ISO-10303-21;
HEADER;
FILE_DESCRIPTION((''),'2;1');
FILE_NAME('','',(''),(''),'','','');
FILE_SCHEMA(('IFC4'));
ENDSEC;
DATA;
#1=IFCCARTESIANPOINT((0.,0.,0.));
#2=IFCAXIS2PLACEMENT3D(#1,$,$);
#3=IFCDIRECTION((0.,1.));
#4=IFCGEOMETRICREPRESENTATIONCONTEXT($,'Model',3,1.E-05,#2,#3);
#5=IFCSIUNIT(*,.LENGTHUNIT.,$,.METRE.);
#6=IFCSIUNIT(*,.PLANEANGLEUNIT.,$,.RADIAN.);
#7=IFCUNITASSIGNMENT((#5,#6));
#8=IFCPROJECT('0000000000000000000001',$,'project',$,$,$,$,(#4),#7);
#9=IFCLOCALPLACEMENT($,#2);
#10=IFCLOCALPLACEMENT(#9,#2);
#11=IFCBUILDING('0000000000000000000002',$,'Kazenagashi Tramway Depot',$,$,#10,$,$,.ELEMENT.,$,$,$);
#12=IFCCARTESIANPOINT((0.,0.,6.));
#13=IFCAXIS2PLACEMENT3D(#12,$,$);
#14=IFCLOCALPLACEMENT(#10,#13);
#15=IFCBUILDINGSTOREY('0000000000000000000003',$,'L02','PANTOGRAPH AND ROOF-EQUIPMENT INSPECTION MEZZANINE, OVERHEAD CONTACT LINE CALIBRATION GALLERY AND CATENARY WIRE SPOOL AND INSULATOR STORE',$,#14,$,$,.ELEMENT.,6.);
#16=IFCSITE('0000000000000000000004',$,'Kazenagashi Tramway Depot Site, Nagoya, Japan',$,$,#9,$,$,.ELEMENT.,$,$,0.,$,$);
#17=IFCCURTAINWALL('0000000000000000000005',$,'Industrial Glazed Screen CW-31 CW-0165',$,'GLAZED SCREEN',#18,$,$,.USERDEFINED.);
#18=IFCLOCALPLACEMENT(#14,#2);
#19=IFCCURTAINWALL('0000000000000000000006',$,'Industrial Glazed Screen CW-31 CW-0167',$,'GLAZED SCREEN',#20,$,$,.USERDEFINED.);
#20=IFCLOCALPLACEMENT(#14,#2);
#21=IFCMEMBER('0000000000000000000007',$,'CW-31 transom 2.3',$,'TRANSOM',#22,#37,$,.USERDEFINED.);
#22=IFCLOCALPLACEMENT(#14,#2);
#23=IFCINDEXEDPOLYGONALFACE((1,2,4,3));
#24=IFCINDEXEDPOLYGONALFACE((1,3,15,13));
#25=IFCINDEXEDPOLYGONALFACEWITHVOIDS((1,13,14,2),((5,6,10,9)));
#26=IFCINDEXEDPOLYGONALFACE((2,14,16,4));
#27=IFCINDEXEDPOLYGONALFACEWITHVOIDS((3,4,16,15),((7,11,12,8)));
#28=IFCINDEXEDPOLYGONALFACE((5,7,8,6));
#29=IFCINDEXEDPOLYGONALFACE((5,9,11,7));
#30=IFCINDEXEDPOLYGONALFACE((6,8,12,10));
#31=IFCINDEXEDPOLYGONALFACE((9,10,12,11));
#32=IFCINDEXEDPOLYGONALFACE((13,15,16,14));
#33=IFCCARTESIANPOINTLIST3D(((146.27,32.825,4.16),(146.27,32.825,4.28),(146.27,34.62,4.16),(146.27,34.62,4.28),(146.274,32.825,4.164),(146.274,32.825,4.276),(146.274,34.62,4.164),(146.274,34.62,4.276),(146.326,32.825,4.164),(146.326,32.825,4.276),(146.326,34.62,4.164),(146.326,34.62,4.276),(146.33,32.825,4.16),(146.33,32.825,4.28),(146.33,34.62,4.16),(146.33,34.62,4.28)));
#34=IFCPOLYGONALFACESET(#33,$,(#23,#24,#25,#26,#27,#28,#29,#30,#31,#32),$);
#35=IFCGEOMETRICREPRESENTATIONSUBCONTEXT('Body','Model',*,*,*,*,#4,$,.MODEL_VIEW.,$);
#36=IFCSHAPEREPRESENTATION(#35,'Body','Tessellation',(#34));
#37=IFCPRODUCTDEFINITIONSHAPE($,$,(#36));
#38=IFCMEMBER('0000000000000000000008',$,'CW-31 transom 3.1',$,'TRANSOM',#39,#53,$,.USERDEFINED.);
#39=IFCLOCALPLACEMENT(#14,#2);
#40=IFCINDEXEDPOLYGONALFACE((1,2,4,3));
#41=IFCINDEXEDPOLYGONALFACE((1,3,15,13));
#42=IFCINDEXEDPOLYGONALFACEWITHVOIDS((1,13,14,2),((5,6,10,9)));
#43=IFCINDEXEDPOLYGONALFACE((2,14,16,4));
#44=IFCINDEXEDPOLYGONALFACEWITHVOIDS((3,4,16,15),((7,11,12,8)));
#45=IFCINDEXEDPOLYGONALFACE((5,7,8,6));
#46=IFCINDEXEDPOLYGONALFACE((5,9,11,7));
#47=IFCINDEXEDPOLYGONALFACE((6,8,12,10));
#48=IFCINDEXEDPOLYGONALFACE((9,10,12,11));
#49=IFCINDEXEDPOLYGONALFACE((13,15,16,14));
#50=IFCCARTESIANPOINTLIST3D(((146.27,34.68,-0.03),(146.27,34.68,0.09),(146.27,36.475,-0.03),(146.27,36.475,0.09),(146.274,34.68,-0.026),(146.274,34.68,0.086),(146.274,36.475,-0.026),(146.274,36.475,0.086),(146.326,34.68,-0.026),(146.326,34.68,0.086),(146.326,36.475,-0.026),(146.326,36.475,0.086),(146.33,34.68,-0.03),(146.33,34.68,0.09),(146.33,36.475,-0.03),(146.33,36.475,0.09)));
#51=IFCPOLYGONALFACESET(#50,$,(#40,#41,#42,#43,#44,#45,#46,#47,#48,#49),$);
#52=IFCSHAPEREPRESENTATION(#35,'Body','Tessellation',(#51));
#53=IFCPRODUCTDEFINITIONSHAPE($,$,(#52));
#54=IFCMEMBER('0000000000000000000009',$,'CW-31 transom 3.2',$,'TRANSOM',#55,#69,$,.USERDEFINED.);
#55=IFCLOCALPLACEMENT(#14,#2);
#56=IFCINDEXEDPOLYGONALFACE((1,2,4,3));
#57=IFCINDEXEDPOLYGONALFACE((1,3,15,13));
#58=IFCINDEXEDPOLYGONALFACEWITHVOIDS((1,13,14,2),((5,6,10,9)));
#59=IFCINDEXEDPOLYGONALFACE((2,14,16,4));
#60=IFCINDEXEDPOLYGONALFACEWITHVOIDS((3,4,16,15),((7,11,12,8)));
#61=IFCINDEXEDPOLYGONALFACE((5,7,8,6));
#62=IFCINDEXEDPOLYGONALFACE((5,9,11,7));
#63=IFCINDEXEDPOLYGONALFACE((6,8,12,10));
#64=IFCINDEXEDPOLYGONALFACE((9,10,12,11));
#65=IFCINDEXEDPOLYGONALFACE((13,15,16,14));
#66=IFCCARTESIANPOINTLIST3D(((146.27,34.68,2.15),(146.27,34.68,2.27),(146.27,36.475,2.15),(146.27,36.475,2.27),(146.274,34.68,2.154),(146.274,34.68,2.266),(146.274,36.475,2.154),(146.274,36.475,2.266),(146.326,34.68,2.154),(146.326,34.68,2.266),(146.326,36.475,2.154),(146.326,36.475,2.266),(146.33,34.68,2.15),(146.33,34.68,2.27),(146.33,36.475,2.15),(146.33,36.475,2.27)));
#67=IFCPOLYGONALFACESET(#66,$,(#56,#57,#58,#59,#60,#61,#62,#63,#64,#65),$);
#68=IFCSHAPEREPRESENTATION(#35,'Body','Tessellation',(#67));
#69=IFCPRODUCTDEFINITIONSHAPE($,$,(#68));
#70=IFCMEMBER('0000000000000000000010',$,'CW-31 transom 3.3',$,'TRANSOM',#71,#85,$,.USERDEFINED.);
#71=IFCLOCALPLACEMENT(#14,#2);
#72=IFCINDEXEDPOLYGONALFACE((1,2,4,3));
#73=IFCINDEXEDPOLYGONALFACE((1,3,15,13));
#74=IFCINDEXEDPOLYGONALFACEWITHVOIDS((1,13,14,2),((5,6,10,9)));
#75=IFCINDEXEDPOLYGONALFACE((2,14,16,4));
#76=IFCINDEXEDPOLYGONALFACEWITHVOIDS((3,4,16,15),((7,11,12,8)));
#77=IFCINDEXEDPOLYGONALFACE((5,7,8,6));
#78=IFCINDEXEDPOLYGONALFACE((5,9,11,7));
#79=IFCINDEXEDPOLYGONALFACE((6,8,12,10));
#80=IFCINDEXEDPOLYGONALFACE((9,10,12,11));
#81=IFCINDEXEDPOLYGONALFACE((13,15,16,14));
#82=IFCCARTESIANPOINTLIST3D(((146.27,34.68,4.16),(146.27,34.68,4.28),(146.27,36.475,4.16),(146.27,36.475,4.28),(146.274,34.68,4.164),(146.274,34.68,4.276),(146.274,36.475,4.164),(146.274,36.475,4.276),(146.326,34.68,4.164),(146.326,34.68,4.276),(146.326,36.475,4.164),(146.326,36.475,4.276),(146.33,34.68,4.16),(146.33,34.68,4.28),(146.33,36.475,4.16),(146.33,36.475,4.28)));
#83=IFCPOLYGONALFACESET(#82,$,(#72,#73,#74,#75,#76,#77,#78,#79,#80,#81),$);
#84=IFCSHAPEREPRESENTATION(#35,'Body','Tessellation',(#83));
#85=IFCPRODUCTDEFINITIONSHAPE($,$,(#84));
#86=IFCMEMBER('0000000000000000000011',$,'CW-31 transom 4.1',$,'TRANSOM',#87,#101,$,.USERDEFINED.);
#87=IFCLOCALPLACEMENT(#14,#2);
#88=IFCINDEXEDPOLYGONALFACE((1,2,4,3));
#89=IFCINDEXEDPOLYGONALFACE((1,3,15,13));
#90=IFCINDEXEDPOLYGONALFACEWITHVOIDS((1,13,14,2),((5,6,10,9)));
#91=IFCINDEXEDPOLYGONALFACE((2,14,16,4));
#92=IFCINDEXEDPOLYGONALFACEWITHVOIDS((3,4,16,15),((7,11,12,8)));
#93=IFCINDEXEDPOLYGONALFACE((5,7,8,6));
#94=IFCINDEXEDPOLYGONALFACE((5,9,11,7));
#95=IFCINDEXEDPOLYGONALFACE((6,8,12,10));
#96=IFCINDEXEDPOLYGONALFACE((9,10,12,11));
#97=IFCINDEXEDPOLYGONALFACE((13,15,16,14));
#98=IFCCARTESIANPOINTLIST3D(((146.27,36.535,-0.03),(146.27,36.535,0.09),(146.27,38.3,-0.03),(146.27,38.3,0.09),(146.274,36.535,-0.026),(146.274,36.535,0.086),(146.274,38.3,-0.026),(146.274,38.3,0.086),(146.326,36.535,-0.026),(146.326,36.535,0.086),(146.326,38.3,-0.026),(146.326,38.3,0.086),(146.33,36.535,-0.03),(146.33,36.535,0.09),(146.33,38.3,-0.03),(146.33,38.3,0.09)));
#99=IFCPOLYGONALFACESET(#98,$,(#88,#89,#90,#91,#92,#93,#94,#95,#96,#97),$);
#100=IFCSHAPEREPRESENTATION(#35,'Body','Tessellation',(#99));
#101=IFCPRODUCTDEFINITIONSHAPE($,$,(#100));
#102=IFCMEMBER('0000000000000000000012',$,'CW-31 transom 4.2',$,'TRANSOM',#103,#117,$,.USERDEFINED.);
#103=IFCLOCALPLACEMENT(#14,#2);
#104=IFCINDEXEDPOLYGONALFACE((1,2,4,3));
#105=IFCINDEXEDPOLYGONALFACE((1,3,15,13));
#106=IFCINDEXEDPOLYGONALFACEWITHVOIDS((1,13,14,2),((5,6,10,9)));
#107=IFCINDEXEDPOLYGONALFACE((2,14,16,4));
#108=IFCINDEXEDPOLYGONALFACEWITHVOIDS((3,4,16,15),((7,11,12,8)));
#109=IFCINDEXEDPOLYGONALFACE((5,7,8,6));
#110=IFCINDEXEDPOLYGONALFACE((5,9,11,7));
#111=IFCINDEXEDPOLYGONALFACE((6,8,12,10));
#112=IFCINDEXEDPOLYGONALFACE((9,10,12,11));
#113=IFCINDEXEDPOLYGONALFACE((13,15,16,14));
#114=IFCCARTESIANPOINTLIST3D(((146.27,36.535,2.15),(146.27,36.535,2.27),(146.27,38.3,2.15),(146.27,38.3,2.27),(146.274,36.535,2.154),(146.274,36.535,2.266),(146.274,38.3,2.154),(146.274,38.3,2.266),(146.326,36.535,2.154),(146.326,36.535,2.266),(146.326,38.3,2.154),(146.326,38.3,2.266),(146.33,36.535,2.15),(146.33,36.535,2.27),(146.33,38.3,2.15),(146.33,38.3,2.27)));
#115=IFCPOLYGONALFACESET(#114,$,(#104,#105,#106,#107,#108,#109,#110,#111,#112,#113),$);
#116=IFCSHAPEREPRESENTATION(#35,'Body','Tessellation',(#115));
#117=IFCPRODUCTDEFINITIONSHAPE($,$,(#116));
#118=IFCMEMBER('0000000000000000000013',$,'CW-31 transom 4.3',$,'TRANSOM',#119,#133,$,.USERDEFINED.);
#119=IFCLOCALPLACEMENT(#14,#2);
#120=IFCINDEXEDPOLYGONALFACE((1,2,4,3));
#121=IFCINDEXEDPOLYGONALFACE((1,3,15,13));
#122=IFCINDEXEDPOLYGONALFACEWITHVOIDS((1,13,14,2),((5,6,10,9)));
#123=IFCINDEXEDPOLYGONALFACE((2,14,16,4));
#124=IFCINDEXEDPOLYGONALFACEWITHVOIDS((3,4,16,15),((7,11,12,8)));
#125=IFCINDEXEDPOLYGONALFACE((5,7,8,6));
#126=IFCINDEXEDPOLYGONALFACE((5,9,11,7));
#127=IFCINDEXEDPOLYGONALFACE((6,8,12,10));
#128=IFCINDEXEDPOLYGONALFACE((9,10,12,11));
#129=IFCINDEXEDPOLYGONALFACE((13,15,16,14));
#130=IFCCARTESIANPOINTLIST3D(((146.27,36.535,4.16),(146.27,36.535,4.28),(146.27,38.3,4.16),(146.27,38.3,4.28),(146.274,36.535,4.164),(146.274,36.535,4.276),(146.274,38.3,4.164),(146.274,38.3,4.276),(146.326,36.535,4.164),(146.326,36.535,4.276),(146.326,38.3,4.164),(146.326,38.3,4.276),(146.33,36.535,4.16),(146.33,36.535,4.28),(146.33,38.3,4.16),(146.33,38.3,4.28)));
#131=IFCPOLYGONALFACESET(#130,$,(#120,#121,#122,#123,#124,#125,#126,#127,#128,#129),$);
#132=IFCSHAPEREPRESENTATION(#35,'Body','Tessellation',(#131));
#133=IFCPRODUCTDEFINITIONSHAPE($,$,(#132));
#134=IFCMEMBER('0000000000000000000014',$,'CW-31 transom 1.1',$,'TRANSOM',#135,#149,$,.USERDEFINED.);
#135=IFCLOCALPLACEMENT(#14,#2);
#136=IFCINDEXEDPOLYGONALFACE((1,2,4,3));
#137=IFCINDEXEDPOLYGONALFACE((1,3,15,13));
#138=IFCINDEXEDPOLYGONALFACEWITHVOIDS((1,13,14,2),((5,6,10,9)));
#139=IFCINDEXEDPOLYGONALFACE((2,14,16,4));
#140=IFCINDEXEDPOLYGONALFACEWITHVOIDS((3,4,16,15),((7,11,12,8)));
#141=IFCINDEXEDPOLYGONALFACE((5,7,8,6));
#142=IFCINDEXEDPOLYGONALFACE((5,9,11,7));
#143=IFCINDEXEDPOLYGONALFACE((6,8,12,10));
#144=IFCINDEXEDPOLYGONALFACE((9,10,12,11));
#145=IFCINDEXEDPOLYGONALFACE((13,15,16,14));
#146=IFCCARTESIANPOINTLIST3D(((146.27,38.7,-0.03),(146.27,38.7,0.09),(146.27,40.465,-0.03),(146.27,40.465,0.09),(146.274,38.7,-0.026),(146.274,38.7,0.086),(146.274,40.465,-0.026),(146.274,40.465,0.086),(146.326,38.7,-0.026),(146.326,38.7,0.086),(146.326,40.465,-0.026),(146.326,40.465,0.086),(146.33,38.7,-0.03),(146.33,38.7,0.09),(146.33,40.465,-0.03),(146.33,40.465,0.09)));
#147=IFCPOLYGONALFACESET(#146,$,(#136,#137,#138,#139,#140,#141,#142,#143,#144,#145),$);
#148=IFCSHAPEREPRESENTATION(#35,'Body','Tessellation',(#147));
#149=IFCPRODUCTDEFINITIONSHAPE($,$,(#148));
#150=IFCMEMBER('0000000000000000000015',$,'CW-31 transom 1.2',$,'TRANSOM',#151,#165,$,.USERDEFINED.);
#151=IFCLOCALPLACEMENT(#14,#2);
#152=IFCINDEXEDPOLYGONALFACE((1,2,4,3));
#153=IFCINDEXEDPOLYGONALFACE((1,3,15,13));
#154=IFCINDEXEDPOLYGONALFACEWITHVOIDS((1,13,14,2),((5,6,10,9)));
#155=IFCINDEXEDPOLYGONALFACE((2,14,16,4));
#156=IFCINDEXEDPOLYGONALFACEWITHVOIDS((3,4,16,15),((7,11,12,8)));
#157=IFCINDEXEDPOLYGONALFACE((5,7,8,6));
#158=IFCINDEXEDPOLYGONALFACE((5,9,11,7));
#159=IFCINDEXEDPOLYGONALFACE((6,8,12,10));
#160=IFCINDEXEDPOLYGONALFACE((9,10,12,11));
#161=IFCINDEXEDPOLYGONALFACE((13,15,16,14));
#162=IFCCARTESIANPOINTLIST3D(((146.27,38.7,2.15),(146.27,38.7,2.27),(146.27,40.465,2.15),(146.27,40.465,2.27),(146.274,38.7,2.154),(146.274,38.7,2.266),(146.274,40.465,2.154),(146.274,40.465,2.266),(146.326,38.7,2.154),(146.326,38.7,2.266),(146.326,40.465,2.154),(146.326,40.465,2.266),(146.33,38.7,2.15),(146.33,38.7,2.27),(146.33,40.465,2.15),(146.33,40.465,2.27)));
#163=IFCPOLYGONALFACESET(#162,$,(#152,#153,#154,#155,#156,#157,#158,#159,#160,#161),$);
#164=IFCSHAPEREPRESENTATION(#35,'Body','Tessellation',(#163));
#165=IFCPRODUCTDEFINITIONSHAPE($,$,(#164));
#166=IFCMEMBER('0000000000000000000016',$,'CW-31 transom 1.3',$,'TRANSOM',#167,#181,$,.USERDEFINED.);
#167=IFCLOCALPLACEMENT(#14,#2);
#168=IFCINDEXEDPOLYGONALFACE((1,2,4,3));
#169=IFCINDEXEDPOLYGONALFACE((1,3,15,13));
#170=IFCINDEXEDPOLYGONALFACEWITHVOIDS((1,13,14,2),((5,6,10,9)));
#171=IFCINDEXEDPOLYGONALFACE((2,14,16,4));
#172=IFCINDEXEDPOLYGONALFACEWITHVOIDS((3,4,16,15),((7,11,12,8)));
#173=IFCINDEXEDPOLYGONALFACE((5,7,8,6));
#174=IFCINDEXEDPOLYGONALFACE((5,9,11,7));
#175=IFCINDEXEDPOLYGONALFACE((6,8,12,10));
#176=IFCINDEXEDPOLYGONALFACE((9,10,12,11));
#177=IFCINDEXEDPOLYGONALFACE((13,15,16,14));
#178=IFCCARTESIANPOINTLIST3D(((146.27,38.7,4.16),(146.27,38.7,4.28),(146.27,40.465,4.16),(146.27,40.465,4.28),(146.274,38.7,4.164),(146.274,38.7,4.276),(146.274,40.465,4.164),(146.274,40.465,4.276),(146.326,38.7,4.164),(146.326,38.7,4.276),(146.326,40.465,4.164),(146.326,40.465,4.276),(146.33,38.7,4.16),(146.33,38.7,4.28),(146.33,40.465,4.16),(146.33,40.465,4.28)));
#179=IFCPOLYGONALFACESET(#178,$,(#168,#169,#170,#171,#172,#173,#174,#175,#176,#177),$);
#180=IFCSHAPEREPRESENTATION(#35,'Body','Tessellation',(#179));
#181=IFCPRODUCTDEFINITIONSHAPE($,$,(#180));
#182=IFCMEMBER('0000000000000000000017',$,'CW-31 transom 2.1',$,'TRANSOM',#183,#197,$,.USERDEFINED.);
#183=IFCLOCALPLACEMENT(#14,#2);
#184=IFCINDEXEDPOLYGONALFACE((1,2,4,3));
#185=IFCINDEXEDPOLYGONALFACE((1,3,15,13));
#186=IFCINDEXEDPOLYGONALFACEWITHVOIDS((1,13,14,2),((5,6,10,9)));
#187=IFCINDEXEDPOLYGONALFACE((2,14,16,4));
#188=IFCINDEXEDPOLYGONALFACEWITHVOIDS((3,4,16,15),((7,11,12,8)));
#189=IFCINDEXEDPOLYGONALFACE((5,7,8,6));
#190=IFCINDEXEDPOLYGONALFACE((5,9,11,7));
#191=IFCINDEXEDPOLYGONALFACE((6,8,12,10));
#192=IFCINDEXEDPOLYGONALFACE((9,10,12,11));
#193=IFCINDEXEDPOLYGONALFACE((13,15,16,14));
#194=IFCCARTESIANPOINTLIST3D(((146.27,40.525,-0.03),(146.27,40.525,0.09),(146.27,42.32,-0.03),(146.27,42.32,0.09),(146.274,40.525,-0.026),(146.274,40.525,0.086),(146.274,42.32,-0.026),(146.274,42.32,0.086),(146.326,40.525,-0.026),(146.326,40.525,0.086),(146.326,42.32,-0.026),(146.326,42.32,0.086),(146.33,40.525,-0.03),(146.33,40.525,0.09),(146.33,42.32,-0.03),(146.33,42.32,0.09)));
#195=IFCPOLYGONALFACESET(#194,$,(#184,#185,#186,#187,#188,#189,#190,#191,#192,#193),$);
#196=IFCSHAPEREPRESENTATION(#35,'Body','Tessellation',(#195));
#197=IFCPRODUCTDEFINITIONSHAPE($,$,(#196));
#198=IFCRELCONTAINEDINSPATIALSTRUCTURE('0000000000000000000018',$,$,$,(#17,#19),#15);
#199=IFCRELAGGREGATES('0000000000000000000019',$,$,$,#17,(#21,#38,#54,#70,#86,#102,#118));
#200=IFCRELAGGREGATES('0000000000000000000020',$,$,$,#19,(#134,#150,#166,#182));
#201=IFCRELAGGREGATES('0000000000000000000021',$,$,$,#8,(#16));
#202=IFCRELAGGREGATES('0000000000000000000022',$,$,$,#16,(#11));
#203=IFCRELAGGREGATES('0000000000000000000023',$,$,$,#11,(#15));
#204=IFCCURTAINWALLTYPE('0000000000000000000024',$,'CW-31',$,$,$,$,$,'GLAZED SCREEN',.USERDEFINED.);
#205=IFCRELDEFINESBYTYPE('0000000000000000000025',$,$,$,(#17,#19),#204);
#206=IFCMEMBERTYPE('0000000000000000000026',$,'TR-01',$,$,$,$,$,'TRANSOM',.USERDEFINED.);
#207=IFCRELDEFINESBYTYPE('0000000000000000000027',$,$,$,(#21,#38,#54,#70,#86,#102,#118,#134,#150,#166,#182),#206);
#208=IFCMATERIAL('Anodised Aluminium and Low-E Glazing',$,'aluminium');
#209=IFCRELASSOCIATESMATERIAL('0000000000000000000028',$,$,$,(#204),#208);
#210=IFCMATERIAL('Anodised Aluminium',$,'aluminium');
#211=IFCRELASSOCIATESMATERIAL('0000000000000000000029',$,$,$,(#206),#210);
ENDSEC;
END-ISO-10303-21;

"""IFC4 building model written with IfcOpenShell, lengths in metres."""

from ifc_helpers import new_model, si_unit, direction, frame, origin, origin_2d, place, context, subcontext, project, spatial, hollow_rectangle, extrude, material, material_profile, profile_set, type_object, element, aggregate, save


model = new_model("IFC4")

# Units and contexts
model_context = context("Model", 3, precision=1e-05, world=origin(), true_north=direction((0.0, 1.0)))
body_context = subcontext(model_context, "Body", "Model", "MODEL_VIEW")
ifc_project = project(units=[si_unit("LENGTHUNIT", "METRE"), si_unit("PLANEANGLEUNIT", "RADIAN")], contexts=[model_context])

# Site, building, storey
site_placement = place(None, origin())
site = spatial("IfcSite", under=ifc_project, at=site_placement, Name="Kazenagashi Tramway Depot Site, Nagoya, Japan", CompositionType="ELEMENT", RefElevation=0.0)
building_placement = place(site_placement, origin())
building = spatial("IfcBuilding", under=site, at=building_placement, Name="Kazenagashi Tramway Depot", CompositionType="ELEMENT")
storey_placement = place(building_placement, frame((0.0, 0.0, 6.0)))
storey = spatial("IfcBuildingStorey", under=building, at=storey_placement, Name="L02", Description="PANTOGRAPH AND ROOF-EQUIPMENT INSPECTION MEZZANINE, OVERHEAD CONTACT LINE CALIBRATION GALLERY AND CATENARY WIRE SPOOL AND INSULATOR STORE", CompositionType="ELEMENT", Elevation=6.0)

# Curtain walls
ifc_material_1 = material(Name="Anodised Aluminium and Low-E Glazing", Category="aluminium")
curtain_wall_type = type_object("IfcCurtainWallType", Name="CW-31", ElementType="GLAZED SCREEN", PredefinedType="USERDEFINED", material=ifc_material_1)
curtain_wall_1_placement = place(storey_placement, origin())
curtain_wall_1 = element("IfcCurtainWall", 1, at=curtain_wall_1_placement, inside=storey, type_object=curtain_wall_type, Name="Industrial Glazed Screen CW-31 CW-0165", ObjectType="GLAZED SCREEN", PredefinedType="USERDEFINED")
ifc_material_2 = material(Name="Anodised Aluminium", Category="aluminium")
curtain_wall_2_placement = place(storey_placement, origin())
curtain_wall_2 = element("IfcCurtainWall", 2, at=curtain_wall_2_placement, inside=storey, type_object=curtain_wall_type, Name="Industrial Glazed Screen CW-31 CW-0167", ObjectType="GLAZED SCREEN", PredefinedType="USERDEFINED")

# Members
ifc_material_profile_1 = material_profile(ifc_material_2, hollow_rectangle(XDim=0.06, YDim=0.12, WallThickness=0.004, at=origin_2d()), Name="RHS-120x60x4")
ifc_profile_set_1 = profile_set([ifc_material_profile_1], Name="Anodised Aluminium")
member_type_1 = type_object("IfcMemberType", Name="TR-01", ElementType="TRANSOM", PredefinedType="USERDEFINED", material=ifc_profile_set_1)
member_1_placement = place(storey_placement, frame((146.3, 32.825, 4.22), z_axis=(0.0, 1.0, 0.0), x_axis=(-1.0, 0.0, 0.0)))
member_1 = element("IfcMember", 3, at=member_1_placement, type_object=member_type_1, Name="CW-31 transom 2.3", ObjectType="TRANSOM", PredefinedType="USERDEFINED", context=body_context, shape_type="SweptSolid", body=[
    extrude(hollow_rectangle(XDim=0.06, YDim=0.12, WallThickness=0.004, at=origin_2d()), origin(), (0.0, 0.0, 1.0), 1.795),
])
member_2_placement = place(storey_placement, frame((146.3, 34.68, 0.03), z_axis=(0.0, 1.0, 0.0), x_axis=(-1.0, 0.0, 0.0)))
member_2 = element("IfcMember", 4, at=member_2_placement, type_object=member_type_1, Name="CW-31 transom 3.1", ObjectType="TRANSOM", PredefinedType="USERDEFINED", context=body_context, shape_type="SweptSolid", body=[
    extrude(hollow_rectangle(XDim=0.06, YDim=0.12, WallThickness=0.004, at=origin_2d()), origin(), (0.0, 0.0, 1.0), 1.795),
])
member_3_placement = place(storey_placement, frame((146.3, 34.68, 2.21), z_axis=(0.0, 1.0, 0.0), x_axis=(-1.0, 0.0, 0.0)))
member_3 = element("IfcMember", 5, at=member_3_placement, type_object=member_type_1, Name="CW-31 transom 3.2", ObjectType="TRANSOM", PredefinedType="USERDEFINED", context=body_context, shape_type="SweptSolid", body=[
    extrude(hollow_rectangle(XDim=0.06, YDim=0.12, WallThickness=0.004, at=origin_2d()), origin(), (0.0, 0.0, 1.0), 1.795),
])
member_4_placement = place(storey_placement, frame((146.3, 34.68, 4.22), z_axis=(0.0, 1.0, 0.0), x_axis=(-1.0, 0.0, 0.0)))
member_4 = element("IfcMember", 6, at=member_4_placement, type_object=member_type_1, Name="CW-31 transom 3.3", ObjectType="TRANSOM", PredefinedType="USERDEFINED", context=body_context, shape_type="SweptSolid", body=[
    extrude(hollow_rectangle(XDim=0.06, YDim=0.12, WallThickness=0.004, at=origin_2d()), origin(), (0.0, 0.0, 1.0), 1.795),
])
member_5_placement = place(storey_placement, frame((146.3, 36.535, 0.03), z_axis=(0.0, 1.0, 0.0), x_axis=(-1.0, 0.0, 0.0)))
member_5 = element("IfcMember", 7, at=member_5_placement, type_object=member_type_1, Name="CW-31 transom 4.1", ObjectType="TRANSOM", PredefinedType="USERDEFINED", context=body_context, shape_type="SweptSolid", body=[
    extrude(hollow_rectangle(XDim=0.06, YDim=0.12, WallThickness=0.004, at=origin_2d()), origin(), (0.0, 0.0, 1.0), 1.765),
])
member_6_placement = place(storey_placement, frame((146.3, 36.535, 2.21), z_axis=(0.0, 1.0, 0.0), x_axis=(-1.0, 0.0, 0.0)))
member_6 = element("IfcMember", 8, at=member_6_placement, type_object=member_type_1, Name="CW-31 transom 4.2", ObjectType="TRANSOM", PredefinedType="USERDEFINED", context=body_context, shape_type="SweptSolid", body=[
    extrude(hollow_rectangle(XDim=0.06, YDim=0.12, WallThickness=0.004, at=origin_2d()), origin(), (0.0, 0.0, 1.0), 1.765),
])
member_7_placement = place(storey_placement, frame((146.3, 36.535, 4.22), z_axis=(0.0, 1.0, 0.0), x_axis=(-1.0, 0.0, 0.0)))
member_7 = element("IfcMember", 9, at=member_7_placement, type_object=member_type_1, Name="CW-31 transom 4.3", ObjectType="TRANSOM", PredefinedType="USERDEFINED", context=body_context, shape_type="SweptSolid", body=[
    extrude(hollow_rectangle(XDim=0.06, YDim=0.12, WallThickness=0.004, at=origin_2d()), origin(), (0.0, 0.0, 1.0), 1.765),
])
member_8_placement = place(storey_placement, frame((146.3, 38.7, 0.03), z_axis=(0.0, 1.0, 0.0), x_axis=(-1.0, 0.0, 0.0)))
member_8 = element("IfcMember", 10, at=member_8_placement, type_object=member_type_1, Name="CW-31 transom 1.1", ObjectType="TRANSOM", PredefinedType="USERDEFINED", context=body_context, shape_type="SweptSolid", body=[
    extrude(hollow_rectangle(XDim=0.06, YDim=0.12, WallThickness=0.004, at=origin_2d()), origin(), (0.0, 0.0, 1.0), 1.765),
])
member_9_placement = place(storey_placement, frame((146.3, 38.7, 2.21), z_axis=(0.0, 1.0, 0.0), x_axis=(-1.0, 0.0, 0.0)))
member_9 = element("IfcMember", 11, at=member_9_placement, type_object=member_type_1, Name="CW-31 transom 1.2", ObjectType="TRANSOM", PredefinedType="USERDEFINED", context=body_context, shape_type="SweptSolid", body=[
    extrude(hollow_rectangle(XDim=0.06, YDim=0.12, WallThickness=0.004, at=origin_2d()), origin(), (0.0, 0.0, 1.0), 1.765),
])
member_10_placement = place(storey_placement, frame((146.3, 38.7, 4.22), z_axis=(0.0, 1.0, 0.0), x_axis=(-1.0, 0.0, 0.0)))
member_10 = element("IfcMember", 12, at=member_10_placement, type_object=member_type_1, Name="CW-31 transom 1.3", ObjectType="TRANSOM", PredefinedType="USERDEFINED", context=body_context, shape_type="SweptSolid", body=[
    extrude(hollow_rectangle(XDim=0.06, YDim=0.12, WallThickness=0.004, at=origin_2d()), origin(), (0.0, 0.0, 1.0), 1.765),
])
member_11_placement = place(storey_placement, frame((146.3, 40.525, 0.03), z_axis=(0.0, 1.0, 0.0), x_axis=(-1.0, 0.0, 0.0)))
member_11 = element("IfcMember", 13, at=member_11_placement, type_object=member_type_1, Name="CW-31 transom 2.1", ObjectType="TRANSOM", PredefinedType="USERDEFINED", context=body_context, shape_type="SweptSolid", body=[
    extrude(hollow_rectangle(XDim=0.06, YDim=0.12, WallThickness=0.004, at=origin_2d()), origin(), (0.0, 0.0, 1.0), 1.795),
])

aggregate(curtain_wall_1, [member_1, member_2, member_3, member_4, member_5, member_6, member_7])
aggregate(curtain_wall_2, [member_8, member_9, member_10, member_11])

save(model, "model.ifc")
